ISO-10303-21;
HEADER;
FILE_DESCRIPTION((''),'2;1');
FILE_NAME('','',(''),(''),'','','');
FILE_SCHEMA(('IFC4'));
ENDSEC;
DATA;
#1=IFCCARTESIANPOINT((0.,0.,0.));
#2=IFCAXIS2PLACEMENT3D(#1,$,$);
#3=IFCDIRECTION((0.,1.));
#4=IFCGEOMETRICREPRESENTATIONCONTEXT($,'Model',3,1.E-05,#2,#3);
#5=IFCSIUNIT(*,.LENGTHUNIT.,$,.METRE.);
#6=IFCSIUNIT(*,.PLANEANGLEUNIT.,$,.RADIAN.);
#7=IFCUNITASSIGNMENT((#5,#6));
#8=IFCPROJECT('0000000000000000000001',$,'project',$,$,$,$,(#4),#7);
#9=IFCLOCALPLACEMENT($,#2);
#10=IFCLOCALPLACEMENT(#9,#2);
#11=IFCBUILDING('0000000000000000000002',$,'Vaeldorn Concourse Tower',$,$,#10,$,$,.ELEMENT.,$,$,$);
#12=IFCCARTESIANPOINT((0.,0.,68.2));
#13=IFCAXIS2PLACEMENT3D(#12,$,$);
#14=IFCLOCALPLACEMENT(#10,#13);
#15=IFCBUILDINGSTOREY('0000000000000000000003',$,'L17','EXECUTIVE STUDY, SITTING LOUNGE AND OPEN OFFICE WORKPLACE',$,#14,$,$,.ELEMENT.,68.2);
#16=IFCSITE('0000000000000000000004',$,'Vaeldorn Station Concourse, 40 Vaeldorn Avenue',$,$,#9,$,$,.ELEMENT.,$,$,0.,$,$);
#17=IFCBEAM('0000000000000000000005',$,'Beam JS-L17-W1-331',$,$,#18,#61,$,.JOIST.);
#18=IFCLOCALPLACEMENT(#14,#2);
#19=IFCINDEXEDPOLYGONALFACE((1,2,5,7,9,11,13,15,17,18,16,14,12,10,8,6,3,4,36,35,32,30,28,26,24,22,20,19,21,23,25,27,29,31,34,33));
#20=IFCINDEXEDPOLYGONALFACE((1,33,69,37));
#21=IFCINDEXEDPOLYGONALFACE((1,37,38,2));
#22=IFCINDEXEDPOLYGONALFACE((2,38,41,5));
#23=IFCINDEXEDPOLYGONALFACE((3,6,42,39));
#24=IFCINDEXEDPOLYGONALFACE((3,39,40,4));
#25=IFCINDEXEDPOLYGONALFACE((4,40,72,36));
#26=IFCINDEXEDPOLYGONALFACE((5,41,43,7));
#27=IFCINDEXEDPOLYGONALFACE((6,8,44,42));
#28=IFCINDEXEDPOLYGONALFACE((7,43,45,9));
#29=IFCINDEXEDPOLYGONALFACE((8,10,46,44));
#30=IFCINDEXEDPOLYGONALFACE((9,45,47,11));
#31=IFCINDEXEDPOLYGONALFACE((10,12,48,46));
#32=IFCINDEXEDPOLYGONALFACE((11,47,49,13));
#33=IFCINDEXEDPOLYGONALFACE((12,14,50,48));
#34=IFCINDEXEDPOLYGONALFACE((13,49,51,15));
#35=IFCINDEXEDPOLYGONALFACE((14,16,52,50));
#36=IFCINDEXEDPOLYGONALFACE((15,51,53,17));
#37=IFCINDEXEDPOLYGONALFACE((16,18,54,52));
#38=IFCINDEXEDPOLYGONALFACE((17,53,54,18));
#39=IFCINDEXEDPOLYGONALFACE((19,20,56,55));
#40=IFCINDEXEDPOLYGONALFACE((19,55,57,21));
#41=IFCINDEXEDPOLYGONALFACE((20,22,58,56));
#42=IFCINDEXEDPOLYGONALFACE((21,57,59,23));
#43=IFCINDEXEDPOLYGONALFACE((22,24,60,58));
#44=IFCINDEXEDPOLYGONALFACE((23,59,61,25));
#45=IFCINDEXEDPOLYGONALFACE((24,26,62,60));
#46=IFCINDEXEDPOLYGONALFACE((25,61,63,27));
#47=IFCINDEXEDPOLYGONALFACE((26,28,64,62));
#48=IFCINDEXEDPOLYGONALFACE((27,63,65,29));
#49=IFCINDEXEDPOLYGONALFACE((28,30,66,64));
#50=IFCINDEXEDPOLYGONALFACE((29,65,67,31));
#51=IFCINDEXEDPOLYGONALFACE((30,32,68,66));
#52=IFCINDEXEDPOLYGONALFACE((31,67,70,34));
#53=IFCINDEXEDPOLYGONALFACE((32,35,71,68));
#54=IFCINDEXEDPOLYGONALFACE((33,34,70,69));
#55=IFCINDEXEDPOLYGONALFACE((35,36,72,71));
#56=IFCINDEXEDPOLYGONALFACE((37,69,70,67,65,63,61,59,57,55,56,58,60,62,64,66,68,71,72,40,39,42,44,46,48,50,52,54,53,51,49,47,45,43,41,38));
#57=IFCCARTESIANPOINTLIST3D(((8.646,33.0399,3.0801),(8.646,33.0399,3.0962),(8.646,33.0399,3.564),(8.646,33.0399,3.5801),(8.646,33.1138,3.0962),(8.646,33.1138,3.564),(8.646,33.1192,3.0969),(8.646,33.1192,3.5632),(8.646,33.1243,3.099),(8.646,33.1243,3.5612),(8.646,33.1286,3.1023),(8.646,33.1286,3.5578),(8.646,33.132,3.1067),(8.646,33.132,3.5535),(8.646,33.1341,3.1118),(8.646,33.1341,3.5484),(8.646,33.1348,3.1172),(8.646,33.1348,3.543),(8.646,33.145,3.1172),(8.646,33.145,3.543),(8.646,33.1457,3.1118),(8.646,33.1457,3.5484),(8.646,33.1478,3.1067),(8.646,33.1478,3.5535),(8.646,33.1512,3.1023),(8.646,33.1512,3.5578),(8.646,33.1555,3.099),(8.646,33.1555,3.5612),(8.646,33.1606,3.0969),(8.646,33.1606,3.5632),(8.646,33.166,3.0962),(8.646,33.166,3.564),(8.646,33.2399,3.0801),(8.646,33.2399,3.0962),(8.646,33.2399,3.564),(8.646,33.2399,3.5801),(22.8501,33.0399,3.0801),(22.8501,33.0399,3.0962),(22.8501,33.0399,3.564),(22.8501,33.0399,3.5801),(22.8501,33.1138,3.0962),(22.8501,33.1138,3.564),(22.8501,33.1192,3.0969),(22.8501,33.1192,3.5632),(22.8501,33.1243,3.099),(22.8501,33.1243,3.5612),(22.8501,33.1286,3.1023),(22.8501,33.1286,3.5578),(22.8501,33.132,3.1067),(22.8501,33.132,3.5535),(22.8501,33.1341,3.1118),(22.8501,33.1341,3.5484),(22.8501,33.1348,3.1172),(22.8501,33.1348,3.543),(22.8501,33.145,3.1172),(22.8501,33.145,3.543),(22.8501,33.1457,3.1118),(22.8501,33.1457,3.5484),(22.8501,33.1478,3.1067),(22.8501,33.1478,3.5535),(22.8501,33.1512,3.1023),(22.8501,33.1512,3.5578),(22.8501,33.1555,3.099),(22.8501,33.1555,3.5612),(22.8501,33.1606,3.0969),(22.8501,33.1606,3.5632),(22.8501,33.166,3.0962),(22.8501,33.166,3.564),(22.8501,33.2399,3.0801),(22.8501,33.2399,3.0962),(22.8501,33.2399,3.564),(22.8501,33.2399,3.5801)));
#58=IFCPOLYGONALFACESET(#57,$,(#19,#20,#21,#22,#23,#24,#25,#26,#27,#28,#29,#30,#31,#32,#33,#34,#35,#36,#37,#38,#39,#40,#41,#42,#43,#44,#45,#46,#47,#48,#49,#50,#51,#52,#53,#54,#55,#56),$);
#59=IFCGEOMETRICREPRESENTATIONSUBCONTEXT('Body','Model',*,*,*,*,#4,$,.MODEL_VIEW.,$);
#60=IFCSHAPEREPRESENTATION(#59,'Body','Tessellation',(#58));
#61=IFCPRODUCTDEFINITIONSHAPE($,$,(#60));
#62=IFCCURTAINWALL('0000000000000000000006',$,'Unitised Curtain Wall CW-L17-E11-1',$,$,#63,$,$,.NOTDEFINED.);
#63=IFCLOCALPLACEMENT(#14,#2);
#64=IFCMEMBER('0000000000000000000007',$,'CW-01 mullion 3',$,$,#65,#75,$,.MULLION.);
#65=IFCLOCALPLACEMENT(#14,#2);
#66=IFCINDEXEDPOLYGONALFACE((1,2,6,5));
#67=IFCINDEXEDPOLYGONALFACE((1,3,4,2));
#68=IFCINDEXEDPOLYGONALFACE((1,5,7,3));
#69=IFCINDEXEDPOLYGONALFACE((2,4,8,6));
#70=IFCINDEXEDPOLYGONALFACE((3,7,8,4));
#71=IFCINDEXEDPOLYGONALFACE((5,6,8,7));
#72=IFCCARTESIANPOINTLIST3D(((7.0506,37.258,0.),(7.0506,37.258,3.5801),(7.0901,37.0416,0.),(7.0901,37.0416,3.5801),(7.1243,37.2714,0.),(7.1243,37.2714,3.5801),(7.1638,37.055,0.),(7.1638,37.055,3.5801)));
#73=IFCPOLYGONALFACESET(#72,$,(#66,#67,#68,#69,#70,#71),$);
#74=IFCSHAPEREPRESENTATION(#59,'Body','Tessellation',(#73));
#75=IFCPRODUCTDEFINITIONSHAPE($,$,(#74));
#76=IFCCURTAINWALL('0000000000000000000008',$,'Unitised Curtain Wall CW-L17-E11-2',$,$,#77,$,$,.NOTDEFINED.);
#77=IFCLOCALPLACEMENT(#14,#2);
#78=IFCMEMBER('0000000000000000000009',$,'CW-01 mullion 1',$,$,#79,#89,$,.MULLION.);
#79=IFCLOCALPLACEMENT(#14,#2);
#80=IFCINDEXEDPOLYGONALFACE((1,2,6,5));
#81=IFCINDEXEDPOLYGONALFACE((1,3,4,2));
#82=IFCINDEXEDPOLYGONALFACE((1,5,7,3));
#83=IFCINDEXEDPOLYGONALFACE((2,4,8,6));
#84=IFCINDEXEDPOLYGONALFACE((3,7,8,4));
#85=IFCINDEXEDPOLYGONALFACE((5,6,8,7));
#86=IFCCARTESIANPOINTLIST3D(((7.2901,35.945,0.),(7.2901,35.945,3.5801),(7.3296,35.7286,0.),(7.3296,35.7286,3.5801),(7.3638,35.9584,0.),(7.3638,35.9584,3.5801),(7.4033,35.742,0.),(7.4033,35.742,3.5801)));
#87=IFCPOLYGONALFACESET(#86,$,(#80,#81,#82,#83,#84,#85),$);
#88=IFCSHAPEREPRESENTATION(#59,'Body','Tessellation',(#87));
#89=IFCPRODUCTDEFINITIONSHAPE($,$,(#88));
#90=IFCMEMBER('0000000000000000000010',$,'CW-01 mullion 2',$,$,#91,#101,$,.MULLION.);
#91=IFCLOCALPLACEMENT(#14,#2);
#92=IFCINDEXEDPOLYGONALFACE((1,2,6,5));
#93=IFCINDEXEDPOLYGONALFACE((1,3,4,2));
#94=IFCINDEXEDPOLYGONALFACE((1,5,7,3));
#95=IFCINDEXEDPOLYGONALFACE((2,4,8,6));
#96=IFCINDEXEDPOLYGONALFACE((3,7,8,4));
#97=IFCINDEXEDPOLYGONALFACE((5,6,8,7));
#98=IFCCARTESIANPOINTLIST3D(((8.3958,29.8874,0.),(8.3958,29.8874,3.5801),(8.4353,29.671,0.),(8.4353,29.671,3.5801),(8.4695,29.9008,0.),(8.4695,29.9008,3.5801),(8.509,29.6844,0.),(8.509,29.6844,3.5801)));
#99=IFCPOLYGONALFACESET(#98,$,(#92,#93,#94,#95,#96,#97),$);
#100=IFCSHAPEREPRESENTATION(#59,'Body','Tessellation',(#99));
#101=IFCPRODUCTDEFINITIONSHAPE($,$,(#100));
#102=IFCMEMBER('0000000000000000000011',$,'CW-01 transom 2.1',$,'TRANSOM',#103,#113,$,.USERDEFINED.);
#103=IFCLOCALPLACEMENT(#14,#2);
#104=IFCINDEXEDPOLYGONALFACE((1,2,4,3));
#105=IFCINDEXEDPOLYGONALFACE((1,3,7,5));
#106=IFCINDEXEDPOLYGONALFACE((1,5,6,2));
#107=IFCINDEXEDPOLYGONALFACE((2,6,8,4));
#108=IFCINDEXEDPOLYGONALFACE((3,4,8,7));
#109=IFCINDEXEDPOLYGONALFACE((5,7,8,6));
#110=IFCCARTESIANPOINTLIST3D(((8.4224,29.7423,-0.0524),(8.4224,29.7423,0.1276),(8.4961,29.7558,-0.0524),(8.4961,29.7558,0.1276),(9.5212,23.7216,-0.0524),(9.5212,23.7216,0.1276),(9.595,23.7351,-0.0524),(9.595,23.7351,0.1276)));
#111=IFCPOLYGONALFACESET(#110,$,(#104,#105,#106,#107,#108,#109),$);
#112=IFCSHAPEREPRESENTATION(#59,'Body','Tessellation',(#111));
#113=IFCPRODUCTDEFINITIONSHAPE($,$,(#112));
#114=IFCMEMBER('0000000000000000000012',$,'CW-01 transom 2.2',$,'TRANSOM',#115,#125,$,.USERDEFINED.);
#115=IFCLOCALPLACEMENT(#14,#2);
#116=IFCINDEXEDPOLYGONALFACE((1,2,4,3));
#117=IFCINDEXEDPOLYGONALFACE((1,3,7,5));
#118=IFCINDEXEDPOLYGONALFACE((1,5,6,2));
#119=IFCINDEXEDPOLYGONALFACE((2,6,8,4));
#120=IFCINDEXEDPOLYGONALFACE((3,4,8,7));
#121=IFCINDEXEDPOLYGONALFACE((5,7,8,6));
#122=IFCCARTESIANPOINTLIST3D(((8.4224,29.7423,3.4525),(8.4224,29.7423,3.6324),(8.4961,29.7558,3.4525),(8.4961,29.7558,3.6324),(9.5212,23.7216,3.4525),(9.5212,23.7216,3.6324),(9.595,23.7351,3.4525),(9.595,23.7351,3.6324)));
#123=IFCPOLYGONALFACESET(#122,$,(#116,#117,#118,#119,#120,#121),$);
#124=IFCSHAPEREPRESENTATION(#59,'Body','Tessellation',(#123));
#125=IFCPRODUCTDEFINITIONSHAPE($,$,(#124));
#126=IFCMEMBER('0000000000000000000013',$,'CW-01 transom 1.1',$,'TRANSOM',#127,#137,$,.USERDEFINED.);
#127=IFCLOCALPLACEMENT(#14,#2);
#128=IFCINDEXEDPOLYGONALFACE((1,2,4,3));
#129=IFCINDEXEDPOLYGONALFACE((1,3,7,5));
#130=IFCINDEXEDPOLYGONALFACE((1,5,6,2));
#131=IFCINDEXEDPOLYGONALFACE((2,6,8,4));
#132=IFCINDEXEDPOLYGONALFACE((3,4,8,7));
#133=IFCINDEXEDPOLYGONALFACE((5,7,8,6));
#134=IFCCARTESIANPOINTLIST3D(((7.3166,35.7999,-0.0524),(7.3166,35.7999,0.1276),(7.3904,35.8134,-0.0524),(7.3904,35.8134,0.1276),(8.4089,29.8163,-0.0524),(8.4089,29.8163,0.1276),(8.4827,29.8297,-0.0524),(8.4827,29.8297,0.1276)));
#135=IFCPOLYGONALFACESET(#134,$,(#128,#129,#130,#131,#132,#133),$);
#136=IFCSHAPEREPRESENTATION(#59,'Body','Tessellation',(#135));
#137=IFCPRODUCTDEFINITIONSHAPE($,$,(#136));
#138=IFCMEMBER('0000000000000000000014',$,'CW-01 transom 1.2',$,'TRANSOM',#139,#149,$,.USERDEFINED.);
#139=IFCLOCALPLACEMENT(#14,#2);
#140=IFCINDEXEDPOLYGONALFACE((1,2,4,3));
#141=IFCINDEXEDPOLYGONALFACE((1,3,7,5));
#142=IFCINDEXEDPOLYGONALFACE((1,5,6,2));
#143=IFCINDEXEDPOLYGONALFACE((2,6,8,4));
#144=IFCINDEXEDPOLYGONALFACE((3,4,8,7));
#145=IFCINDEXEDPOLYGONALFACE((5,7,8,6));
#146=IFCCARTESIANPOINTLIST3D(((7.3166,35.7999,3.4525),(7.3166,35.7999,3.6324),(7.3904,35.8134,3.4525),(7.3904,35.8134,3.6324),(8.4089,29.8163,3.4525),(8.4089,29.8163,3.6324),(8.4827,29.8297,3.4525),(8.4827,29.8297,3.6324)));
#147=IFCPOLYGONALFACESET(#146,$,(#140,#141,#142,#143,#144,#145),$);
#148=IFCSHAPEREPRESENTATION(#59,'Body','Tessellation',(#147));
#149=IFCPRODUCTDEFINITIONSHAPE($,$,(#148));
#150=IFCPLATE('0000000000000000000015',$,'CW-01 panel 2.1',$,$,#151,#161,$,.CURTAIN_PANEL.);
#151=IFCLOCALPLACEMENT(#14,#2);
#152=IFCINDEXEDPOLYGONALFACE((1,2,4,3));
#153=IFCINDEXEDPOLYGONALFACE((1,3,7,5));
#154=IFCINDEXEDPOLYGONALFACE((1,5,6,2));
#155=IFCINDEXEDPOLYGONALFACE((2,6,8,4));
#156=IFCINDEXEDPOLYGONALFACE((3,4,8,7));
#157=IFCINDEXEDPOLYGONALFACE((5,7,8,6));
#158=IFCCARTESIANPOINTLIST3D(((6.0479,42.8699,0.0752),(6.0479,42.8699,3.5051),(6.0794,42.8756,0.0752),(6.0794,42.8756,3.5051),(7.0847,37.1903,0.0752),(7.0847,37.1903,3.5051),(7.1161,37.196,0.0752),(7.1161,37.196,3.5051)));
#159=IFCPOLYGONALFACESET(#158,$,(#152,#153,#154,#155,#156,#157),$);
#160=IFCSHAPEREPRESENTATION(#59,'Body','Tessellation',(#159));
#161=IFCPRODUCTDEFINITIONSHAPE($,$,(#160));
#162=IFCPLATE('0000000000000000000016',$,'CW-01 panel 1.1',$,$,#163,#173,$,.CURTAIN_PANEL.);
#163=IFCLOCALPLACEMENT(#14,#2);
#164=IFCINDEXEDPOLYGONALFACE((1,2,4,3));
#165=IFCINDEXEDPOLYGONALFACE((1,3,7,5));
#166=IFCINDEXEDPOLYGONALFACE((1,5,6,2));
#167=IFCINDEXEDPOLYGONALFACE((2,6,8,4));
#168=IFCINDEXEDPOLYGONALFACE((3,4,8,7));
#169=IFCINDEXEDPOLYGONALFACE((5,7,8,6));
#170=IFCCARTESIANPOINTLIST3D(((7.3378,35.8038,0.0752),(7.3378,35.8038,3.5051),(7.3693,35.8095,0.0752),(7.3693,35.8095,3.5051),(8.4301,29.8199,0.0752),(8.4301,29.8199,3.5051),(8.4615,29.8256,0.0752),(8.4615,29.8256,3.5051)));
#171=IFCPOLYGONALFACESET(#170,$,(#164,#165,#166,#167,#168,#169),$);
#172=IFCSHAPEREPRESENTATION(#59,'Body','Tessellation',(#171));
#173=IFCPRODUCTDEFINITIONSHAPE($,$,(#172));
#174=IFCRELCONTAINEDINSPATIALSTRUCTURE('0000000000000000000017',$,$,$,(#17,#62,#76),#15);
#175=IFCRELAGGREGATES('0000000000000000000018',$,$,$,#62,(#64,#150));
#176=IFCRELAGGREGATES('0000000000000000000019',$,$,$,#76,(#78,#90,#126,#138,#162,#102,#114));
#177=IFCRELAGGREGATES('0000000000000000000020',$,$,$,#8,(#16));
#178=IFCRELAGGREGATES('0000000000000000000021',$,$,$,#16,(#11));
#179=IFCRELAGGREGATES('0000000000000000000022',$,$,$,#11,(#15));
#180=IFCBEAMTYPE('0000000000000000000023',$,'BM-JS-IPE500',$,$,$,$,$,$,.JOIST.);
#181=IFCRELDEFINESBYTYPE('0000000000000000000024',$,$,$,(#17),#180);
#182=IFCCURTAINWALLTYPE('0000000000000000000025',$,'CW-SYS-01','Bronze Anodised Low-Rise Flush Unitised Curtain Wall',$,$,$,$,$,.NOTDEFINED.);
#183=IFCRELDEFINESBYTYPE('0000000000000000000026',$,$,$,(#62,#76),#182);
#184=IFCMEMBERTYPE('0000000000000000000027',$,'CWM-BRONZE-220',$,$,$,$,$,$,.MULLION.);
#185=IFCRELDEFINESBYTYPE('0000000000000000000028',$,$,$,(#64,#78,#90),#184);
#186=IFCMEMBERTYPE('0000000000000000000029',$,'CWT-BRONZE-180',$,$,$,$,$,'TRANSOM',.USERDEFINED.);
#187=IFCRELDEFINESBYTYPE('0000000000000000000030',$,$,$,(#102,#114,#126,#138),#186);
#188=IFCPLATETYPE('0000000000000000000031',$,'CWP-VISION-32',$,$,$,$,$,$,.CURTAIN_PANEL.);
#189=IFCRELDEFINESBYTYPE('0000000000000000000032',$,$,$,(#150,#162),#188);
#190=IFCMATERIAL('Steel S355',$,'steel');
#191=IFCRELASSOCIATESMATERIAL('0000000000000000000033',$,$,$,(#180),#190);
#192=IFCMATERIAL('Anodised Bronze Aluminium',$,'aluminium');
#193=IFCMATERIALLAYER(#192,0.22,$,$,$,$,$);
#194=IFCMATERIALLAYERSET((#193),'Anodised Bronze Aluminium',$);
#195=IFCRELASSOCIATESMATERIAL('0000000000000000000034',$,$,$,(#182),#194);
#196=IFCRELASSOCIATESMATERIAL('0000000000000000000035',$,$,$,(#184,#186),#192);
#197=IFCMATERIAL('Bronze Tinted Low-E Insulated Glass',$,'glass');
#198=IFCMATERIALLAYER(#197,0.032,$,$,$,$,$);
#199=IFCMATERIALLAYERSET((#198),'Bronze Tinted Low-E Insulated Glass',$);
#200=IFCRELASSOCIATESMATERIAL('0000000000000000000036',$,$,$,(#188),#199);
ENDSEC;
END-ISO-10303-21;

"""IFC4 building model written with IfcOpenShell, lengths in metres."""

from ifc_helpers import new_model, si_unit, direction, frame, origin, origin_2d, place, context, subcontext, project, spatial, rectangle, i_section, extrude, source, transform, mapped, material, layer, layer_set, material_profile, profile_set, type_object, element, aggregate, save


model = new_model("IFC4")

# Units and contexts
model_context = context("Model", 3, precision=1e-05, world=origin(), true_north=direction((0.0, 1.0)))
body_context = subcontext(model_context, "Body", "Model", "MODEL_VIEW")
ifc_project = project(units=[si_unit("LENGTHUNIT", "METRE"), si_unit("PLANEANGLEUNIT", "RADIAN")], contexts=[model_context])

# Site, building, storey
site_placement = place(None, origin())
site = spatial("IfcSite", under=ifc_project, at=site_placement, Name="Vaeldorn Station Concourse, 40 Vaeldorn Avenue", CompositionType="ELEMENT", RefElevation=0.0)
building_placement = place(site_placement, origin())
building = spatial("IfcBuilding", under=site, at=building_placement, Name="Vaeldorn Concourse Tower", CompositionType="ELEMENT")
storey_placement = place(building_placement, frame((0.0, 0.0, 68.2)))
storey = spatial("IfcBuildingStorey", under=building, at=storey_placement, Name="L17", Description="EXECUTIVE STUDY, SITTING LOUNGE AND OPEN OFFICE WORKPLACE", CompositionType="ELEMENT", Elevation=68.2)

# Beam
ifc_material_1 = material(Name="Steel S355", Category="steel")
ifc_material_profile_1 = material_profile(ifc_material_1, i_section(OverallWidth=0.2, OverallDepth=0.5, WebThickness=0.0103, FlangeThickness=0.0161, FilletRadius=0.021, at=origin_2d()), Name="IPE 500")
ifc_profile_set_1 = profile_set([ifc_material_profile_1], Name="Steel S355")
beam_type_1 = type_object("IfcBeamType", Name="BM-JS-IPE500", PredefinedType="JOIST", material=ifc_profile_set_1)
shared_shape_1 = source(origin(), body_context, "Body", "SweptSolid", [
    extrude(i_section(OverallWidth=0.2, OverallDepth=0.5, WebThickness=0.0103, FlangeThickness=0.0161, FilletRadius=0.021, at=origin_2d()), origin(), (0.0, 0.0, 1.0), 14.2041),
])
beam_1_placement = place(storey_placement, frame((8.646, 33.1399, 3.3301), z_axis=(1.0, 0.0, 0.0), x_axis=(0.0, 1.0, 0.0)))
element("IfcBeam", 1, at=beam_1_placement, inside=storey, type_object=beam_type_1, Name="Beam JS-L17-W1-331", PredefinedType="JOIST", context=body_context, shape_type="MappedRepresentation", body=[
    mapped(shared_shape_1, transform((0.0, 0.0, 0.0), scale=1.0)),
])

# Curtain wall, member
ifc_material_2 = material(Name="Anodised Bronze Aluminium", Category="aluminium")
ifc_layer_1 = layer(ifc_material_2, 0.22)
ifc_layer_set_1 = layer_set([ifc_layer_1], Name="Anodised Bronze Aluminium")
curtain_wall_type = type_object("IfcCurtainWallType", Name="CW-SYS-01", Description="Bronze Anodised Low-Rise Flush Unitised Curtain Wall", PredefinedType="NOTDEFINED", material=ifc_layer_set_1)
curtain_wall_1_placement = place(storey_placement, origin())
curtain_wall_1 = element("IfcCurtainWall", 2, at=curtain_wall_1_placement, inside=storey, type_object=curtain_wall_type, Name="Unitised Curtain Wall CW-L17-E11-1", PredefinedType="NOTDEFINED")
ifc_material_profile_2 = material_profile(ifc_material_2, rectangle(XDim=0.075, YDim=0.22, at=origin_2d()), Name="CWM 75x220")
ifc_profile_set_2 = profile_set([ifc_material_profile_2], Name="Anodised Bronze Aluminium")
member_type_1 = type_object("IfcMemberType", Name="CWM-BRONZE-220", PredefinedType="MULLION", material=ifc_profile_set_2)
shared_shape_2 = source(origin(), body_context, "Body", "SweptSolid", [
    extrude(rectangle(XDim=0.075, YDim=0.22, at=origin_2d()), origin(), (0.0, 0.0, 1.0), 3.5801),
])
member_1_placement = place(storey_placement, frame((7.1072, 37.1565, 0.0), z_axis=(0.0, 0.0, 1.0), x_axis=(0.983746, 0.179564, 0.0)))
member_1 = element("IfcMember", 3, at=member_1_placement, type_object=member_type_1, Name="CW-01 mullion 3", PredefinedType="MULLION", context=body_context, shape_type="MappedRepresentation", body=[
    mapped(shared_shape_2, transform((0.0, 0.0, 0.0), scale=1.0)),
])

# Curtain wall, members
curtain_wall_2_placement = place(storey_placement, origin())
curtain_wall_2 = element("IfcCurtainWall", 4, at=curtain_wall_2_placement, inside=storey, type_object=curtain_wall_type, Name="Unitised Curtain Wall CW-L17-E11-2", PredefinedType="NOTDEFINED")
member_2_placement = place(storey_placement, frame((7.3467, 35.8435, 0.0), z_axis=(0.0, 0.0, 1.0), x_axis=(0.983746, 0.179565, 0.0)))
member_2 = element("IfcMember", 5, at=member_2_placement, type_object=member_type_1, Name="CW-01 mullion 1", PredefinedType="MULLION", context=body_context, shape_type="MappedRepresentation", body=[
    mapped(shared_shape_2, transform((0.0, 0.0, 0.0), scale=1.0)),
])
member_3_placement = place(storey_placement, frame((8.4524, 29.7859, 0.0), z_axis=(0.0, 0.0, 1.0), x_axis=(0.983746, 0.179565, 0.0)))
member_3 = element("IfcMember", 6, at=member_3_placement, type_object=member_type_1, Name="CW-01 mullion 2", PredefinedType="MULLION", context=body_context, shape_type="MappedRepresentation", body=[
    mapped(shared_shape_2, transform((0.0, 0.0, 0.0), scale=1.0)),
])
ifc_material_profile_3 = material_profile(ifc_material_2, rectangle(XDim=0.075, YDim=0.1799, at=origin_2d()), Name="CWT 75x180")
ifc_profile_set_3 = profile_set([ifc_material_profile_3], Name="Anodised Bronze Aluminium")
member_type_2 = type_object("IfcMemberType", Name="CWT-BRONZE-180", ElementType="TRANSOM", PredefinedType="USERDEFINED", material=ifc_profile_set_3)
shared_shape_3 = source(origin(), body_context, "Body", "SweptSolid", [
    extrude(rectangle(XDim=0.075, YDim=0.1799, at=origin_2d()), origin(), (0.0, 0.0, 1.0), 6.1201),
])
member_4_placement = place(storey_placement, frame((8.4592, 29.749, 0.0376), z_axis=(0.179549, -0.983749, 0.0), x_axis=(0.983749, 0.179549, 0.0)))
member_4 = element("IfcMember", 7, at=member_4_placement, type_object=member_type_2, Name="CW-01 transom 2.1", ObjectType="TRANSOM", PredefinedType="USERDEFINED", context=body_context, shape_type="MappedRepresentation", body=[
    mapped(shared_shape_3, transform((0.0, 0.0, 0.0), scale=1.0)),
])
member_5_placement = place(storey_placement, frame((8.4592, 29.749, 3.5425), z_axis=(0.179549, -0.983749, 0.0), x_axis=(0.983749, 0.179549, 0.0)))
member_5 = element("IfcMember", 8, at=member_5_placement, type_object=member_type_2, Name="CW-01 transom 2.2", ObjectType="TRANSOM", PredefinedType="USERDEFINED", context=body_context, shape_type="MappedRepresentation", body=[
    mapped(shared_shape_3, transform((0.0, 0.0, 0.0), scale=1.0)),
])
shared_shape_4 = source(origin(), body_context, "Body", "SweptSolid", [
    extrude(rectangle(XDim=0.075, YDim=0.1799, at=origin_2d()), origin(), (0.0, 0.0, 1.0), 6.0825),
])
member_6_placement = place(storey_placement, frame((7.3535, 35.8066, 0.0376), z_axis=(0.179578, -0.983744, 0.0), x_axis=(0.983744, 0.179578, 0.0)))
member_6 = element("IfcMember", 9, at=member_6_placement, type_object=member_type_2, Name="CW-01 transom 1.1", ObjectType="TRANSOM", PredefinedType="USERDEFINED", context=body_context, shape_type="MappedRepresentation", body=[
    mapped(shared_shape_4, transform((0.0, 0.0, 0.0), scale=1.0)),
])
member_7_placement = place(storey_placement, frame((7.3535, 35.8066, 3.5425), z_axis=(0.179578, -0.983744, 0.0), x_axis=(0.983744, 0.179578, 0.0)))
member_7 = element("IfcMember", 10, at=member_7_placement, type_object=member_type_2, Name="CW-01 transom 1.2", ObjectType="TRANSOM", PredefinedType="USERDEFINED", context=body_context, shape_type="MappedRepresentation", body=[
    mapped(shared_shape_4, transform((0.0, 0.0, 0.0), scale=1.0)),
])

# Plates
ifc_material_3 = material(Name="Bronze Tinted Low-E Insulated Glass", Category="glass")
ifc_layer_2 = layer(ifc_material_3, 0.032)
ifc_layer_set_2 = layer_set([ifc_layer_2], Name="Bronze Tinted Low-E Insulated Glass")
plate_type = type_object("IfcPlateType", Name="CWP-VISION-32", PredefinedType="CURTAIN_PANEL", material=ifc_layer_set_2)
shared_shape_5 = source(origin(), body_context, "Body", "SweptSolid", [
    extrude(rectangle(XDim=5.7734, YDim=0.032, at=origin_2d()), origin(), (0.0, 0.0, 1.0), 3.4299),
])
plate_1_placement = place(storey_placement, frame((6.582, 40.033, 0.0752), z_axis=(0.0, 0.0, 1.0), x_axis=(0.179564, -0.983746, 0.0)))
plate_1 = element("IfcPlate", 11, at=plate_1_placement, type_object=plate_type, Name="CW-01 panel 2.1", PredefinedType="CURTAIN_PANEL", context=body_context, shape_type="MappedRepresentation", body=[
    mapped(shared_shape_5, transform((0.0, 0.0, 0.0), scale=1.0)),
])
aggregate(curtain_wall_1, [member_1, plate_1])
shared_shape_6 = source(origin(), body_context, "Body", "SweptSolid", [
    extrude(rectangle(XDim=6.0828, YDim=0.032, at=origin_2d()), origin(), (0.0, 0.0, 1.0), 3.4299),
])
plate_2_placement = place(storey_placement, frame((7.8997, 32.8147, 0.0752), z_axis=(0.0, 0.0, 1.0), x_axis=(0.179565, -0.983746, 0.0)))
plate_2 = element("IfcPlate", 12, at=plate_2_placement, type_object=plate_type, Name="CW-01 panel 1.1", PredefinedType="CURTAIN_PANEL", context=body_context, shape_type="MappedRepresentation", body=[
    mapped(shared_shape_6, transform((0.0, 0.0, 0.0), scale=1.0)),
])
aggregate(curtain_wall_2, [member_2, member_3, member_6, member_7, plate_2, member_4, member_5])

save(model, "model.ifc")
